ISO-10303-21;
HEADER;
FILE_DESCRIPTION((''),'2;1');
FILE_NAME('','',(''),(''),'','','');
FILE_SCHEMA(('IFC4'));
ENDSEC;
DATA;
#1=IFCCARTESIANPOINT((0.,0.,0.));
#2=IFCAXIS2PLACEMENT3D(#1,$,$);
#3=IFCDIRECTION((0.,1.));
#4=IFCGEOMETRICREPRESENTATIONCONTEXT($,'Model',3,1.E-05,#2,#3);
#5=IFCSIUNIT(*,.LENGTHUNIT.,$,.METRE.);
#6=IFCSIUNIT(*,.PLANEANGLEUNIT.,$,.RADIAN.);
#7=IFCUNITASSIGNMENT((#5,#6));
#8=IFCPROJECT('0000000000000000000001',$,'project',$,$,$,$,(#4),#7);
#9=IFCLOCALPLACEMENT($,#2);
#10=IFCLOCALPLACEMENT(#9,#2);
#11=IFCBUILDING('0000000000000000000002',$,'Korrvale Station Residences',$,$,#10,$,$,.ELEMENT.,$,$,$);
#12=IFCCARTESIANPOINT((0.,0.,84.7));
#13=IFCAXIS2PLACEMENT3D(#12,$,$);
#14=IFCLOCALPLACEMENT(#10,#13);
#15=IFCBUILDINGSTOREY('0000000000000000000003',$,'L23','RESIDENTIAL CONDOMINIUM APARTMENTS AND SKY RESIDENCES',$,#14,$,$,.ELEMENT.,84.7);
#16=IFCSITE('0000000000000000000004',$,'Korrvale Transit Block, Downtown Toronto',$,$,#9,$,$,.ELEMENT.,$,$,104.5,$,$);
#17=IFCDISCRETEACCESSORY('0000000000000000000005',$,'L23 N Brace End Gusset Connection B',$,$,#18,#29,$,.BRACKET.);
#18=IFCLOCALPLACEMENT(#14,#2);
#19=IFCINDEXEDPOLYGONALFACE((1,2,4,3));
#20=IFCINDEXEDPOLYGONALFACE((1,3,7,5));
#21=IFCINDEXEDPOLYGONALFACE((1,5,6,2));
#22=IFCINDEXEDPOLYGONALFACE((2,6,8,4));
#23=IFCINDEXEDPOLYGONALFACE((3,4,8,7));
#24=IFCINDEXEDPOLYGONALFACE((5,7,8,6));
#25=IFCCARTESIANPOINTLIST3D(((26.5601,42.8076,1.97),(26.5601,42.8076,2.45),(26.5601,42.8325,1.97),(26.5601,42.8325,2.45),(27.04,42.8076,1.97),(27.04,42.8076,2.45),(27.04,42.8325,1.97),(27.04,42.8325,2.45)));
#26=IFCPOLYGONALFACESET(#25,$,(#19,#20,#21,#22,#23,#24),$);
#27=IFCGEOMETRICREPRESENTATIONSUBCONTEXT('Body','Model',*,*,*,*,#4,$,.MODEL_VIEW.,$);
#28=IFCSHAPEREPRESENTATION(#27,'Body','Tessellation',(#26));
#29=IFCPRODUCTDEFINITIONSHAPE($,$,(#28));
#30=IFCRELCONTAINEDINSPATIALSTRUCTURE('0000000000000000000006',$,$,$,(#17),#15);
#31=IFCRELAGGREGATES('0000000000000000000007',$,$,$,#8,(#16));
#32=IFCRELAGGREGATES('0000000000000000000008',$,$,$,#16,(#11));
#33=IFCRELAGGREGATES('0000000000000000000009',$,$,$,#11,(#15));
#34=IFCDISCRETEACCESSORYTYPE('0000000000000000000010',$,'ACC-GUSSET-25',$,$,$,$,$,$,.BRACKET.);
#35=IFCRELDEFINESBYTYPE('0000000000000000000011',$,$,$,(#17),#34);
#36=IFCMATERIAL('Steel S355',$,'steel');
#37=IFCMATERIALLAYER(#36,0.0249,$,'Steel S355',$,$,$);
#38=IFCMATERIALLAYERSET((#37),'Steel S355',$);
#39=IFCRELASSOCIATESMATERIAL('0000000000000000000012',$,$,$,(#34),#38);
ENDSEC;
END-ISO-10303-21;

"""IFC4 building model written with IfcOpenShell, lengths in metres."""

from ifc_helpers import new_model, si_unit, direction, frame, origin, origin_2d, place, context, subcontext, project, spatial, rectangle, extrude, material, layer, layer_set, type_object, element, save


model = new_model("IFC4")

# Units and contexts
model_context = context("Model", 3, precision=1e-05, world=origin(), true_north=direction((0.0, 1.0)))
body_context = subcontext(model_context, "Body", "Model", "MODEL_VIEW")
ifc_project = project(units=[si_unit("LENGTHUNIT", "METRE"), si_unit("PLANEANGLEUNIT", "RADIAN")], contexts=[model_context])

# Site, building, storey
site_placement = place(None, origin())
site = spatial("IfcSite", under=ifc_project, at=site_placement, Name="Korrvale Transit Block, Downtown Toronto", CompositionType="ELEMENT", RefElevation=104.5)
building_placement = place(site_placement, origin())
building = spatial("IfcBuilding", under=site, at=building_placement, Name="Korrvale Station Residences", CompositionType="ELEMENT")
storey_placement = place(building_placement, frame((0.0, 0.0, 84.7)))
storey = spatial("IfcBuildingStorey", under=building, at=storey_placement, Name="L23", Description="RESIDENTIAL CONDOMINIUM APARTMENTS AND SKY RESIDENCES", CompositionType="ELEMENT", Elevation=84.7)

# Shared definitions
ifc_material_1 = material(Name="Steel S355", Category="steel")

# Discrete accessory
ifc_layer_1 = layer(ifc_material_1, 0.0249, Name="Steel S355")
ifc_layer_set_1 = layer_set([ifc_layer_1], Name="Steel S355")
discrete_accessory_type = type_object("IfcDiscreteAccessoryType", Name="ACC-GUSSET-25", PredefinedType="BRACKET", material=ifc_layer_set_1)
for number, where, z_axis, x_axis, name in (
    (1, (26.8, 42.8201, 1.97), (0.0, 0.0, 1.0), (1.0, 0.0, 0.0), "L23 N Brace End Gusset Connection B"),
):
    element("IfcDiscreteAccessory", number, at=place(storey_placement, frame(where, z_axis=z_axis, x_axis=x_axis)), inside=storey, type_object=discrete_accessory_type, Name=name, PredefinedType="BRACKET", context=body_context, shape_type="SweptSolid", body=[
        extrude(rectangle(XDim=0.48, YDim=0.0249, at=origin_2d()), origin(), (0.0, 0.0, 1.0), 0.48),
    ])

save(model, "model.ifc")
